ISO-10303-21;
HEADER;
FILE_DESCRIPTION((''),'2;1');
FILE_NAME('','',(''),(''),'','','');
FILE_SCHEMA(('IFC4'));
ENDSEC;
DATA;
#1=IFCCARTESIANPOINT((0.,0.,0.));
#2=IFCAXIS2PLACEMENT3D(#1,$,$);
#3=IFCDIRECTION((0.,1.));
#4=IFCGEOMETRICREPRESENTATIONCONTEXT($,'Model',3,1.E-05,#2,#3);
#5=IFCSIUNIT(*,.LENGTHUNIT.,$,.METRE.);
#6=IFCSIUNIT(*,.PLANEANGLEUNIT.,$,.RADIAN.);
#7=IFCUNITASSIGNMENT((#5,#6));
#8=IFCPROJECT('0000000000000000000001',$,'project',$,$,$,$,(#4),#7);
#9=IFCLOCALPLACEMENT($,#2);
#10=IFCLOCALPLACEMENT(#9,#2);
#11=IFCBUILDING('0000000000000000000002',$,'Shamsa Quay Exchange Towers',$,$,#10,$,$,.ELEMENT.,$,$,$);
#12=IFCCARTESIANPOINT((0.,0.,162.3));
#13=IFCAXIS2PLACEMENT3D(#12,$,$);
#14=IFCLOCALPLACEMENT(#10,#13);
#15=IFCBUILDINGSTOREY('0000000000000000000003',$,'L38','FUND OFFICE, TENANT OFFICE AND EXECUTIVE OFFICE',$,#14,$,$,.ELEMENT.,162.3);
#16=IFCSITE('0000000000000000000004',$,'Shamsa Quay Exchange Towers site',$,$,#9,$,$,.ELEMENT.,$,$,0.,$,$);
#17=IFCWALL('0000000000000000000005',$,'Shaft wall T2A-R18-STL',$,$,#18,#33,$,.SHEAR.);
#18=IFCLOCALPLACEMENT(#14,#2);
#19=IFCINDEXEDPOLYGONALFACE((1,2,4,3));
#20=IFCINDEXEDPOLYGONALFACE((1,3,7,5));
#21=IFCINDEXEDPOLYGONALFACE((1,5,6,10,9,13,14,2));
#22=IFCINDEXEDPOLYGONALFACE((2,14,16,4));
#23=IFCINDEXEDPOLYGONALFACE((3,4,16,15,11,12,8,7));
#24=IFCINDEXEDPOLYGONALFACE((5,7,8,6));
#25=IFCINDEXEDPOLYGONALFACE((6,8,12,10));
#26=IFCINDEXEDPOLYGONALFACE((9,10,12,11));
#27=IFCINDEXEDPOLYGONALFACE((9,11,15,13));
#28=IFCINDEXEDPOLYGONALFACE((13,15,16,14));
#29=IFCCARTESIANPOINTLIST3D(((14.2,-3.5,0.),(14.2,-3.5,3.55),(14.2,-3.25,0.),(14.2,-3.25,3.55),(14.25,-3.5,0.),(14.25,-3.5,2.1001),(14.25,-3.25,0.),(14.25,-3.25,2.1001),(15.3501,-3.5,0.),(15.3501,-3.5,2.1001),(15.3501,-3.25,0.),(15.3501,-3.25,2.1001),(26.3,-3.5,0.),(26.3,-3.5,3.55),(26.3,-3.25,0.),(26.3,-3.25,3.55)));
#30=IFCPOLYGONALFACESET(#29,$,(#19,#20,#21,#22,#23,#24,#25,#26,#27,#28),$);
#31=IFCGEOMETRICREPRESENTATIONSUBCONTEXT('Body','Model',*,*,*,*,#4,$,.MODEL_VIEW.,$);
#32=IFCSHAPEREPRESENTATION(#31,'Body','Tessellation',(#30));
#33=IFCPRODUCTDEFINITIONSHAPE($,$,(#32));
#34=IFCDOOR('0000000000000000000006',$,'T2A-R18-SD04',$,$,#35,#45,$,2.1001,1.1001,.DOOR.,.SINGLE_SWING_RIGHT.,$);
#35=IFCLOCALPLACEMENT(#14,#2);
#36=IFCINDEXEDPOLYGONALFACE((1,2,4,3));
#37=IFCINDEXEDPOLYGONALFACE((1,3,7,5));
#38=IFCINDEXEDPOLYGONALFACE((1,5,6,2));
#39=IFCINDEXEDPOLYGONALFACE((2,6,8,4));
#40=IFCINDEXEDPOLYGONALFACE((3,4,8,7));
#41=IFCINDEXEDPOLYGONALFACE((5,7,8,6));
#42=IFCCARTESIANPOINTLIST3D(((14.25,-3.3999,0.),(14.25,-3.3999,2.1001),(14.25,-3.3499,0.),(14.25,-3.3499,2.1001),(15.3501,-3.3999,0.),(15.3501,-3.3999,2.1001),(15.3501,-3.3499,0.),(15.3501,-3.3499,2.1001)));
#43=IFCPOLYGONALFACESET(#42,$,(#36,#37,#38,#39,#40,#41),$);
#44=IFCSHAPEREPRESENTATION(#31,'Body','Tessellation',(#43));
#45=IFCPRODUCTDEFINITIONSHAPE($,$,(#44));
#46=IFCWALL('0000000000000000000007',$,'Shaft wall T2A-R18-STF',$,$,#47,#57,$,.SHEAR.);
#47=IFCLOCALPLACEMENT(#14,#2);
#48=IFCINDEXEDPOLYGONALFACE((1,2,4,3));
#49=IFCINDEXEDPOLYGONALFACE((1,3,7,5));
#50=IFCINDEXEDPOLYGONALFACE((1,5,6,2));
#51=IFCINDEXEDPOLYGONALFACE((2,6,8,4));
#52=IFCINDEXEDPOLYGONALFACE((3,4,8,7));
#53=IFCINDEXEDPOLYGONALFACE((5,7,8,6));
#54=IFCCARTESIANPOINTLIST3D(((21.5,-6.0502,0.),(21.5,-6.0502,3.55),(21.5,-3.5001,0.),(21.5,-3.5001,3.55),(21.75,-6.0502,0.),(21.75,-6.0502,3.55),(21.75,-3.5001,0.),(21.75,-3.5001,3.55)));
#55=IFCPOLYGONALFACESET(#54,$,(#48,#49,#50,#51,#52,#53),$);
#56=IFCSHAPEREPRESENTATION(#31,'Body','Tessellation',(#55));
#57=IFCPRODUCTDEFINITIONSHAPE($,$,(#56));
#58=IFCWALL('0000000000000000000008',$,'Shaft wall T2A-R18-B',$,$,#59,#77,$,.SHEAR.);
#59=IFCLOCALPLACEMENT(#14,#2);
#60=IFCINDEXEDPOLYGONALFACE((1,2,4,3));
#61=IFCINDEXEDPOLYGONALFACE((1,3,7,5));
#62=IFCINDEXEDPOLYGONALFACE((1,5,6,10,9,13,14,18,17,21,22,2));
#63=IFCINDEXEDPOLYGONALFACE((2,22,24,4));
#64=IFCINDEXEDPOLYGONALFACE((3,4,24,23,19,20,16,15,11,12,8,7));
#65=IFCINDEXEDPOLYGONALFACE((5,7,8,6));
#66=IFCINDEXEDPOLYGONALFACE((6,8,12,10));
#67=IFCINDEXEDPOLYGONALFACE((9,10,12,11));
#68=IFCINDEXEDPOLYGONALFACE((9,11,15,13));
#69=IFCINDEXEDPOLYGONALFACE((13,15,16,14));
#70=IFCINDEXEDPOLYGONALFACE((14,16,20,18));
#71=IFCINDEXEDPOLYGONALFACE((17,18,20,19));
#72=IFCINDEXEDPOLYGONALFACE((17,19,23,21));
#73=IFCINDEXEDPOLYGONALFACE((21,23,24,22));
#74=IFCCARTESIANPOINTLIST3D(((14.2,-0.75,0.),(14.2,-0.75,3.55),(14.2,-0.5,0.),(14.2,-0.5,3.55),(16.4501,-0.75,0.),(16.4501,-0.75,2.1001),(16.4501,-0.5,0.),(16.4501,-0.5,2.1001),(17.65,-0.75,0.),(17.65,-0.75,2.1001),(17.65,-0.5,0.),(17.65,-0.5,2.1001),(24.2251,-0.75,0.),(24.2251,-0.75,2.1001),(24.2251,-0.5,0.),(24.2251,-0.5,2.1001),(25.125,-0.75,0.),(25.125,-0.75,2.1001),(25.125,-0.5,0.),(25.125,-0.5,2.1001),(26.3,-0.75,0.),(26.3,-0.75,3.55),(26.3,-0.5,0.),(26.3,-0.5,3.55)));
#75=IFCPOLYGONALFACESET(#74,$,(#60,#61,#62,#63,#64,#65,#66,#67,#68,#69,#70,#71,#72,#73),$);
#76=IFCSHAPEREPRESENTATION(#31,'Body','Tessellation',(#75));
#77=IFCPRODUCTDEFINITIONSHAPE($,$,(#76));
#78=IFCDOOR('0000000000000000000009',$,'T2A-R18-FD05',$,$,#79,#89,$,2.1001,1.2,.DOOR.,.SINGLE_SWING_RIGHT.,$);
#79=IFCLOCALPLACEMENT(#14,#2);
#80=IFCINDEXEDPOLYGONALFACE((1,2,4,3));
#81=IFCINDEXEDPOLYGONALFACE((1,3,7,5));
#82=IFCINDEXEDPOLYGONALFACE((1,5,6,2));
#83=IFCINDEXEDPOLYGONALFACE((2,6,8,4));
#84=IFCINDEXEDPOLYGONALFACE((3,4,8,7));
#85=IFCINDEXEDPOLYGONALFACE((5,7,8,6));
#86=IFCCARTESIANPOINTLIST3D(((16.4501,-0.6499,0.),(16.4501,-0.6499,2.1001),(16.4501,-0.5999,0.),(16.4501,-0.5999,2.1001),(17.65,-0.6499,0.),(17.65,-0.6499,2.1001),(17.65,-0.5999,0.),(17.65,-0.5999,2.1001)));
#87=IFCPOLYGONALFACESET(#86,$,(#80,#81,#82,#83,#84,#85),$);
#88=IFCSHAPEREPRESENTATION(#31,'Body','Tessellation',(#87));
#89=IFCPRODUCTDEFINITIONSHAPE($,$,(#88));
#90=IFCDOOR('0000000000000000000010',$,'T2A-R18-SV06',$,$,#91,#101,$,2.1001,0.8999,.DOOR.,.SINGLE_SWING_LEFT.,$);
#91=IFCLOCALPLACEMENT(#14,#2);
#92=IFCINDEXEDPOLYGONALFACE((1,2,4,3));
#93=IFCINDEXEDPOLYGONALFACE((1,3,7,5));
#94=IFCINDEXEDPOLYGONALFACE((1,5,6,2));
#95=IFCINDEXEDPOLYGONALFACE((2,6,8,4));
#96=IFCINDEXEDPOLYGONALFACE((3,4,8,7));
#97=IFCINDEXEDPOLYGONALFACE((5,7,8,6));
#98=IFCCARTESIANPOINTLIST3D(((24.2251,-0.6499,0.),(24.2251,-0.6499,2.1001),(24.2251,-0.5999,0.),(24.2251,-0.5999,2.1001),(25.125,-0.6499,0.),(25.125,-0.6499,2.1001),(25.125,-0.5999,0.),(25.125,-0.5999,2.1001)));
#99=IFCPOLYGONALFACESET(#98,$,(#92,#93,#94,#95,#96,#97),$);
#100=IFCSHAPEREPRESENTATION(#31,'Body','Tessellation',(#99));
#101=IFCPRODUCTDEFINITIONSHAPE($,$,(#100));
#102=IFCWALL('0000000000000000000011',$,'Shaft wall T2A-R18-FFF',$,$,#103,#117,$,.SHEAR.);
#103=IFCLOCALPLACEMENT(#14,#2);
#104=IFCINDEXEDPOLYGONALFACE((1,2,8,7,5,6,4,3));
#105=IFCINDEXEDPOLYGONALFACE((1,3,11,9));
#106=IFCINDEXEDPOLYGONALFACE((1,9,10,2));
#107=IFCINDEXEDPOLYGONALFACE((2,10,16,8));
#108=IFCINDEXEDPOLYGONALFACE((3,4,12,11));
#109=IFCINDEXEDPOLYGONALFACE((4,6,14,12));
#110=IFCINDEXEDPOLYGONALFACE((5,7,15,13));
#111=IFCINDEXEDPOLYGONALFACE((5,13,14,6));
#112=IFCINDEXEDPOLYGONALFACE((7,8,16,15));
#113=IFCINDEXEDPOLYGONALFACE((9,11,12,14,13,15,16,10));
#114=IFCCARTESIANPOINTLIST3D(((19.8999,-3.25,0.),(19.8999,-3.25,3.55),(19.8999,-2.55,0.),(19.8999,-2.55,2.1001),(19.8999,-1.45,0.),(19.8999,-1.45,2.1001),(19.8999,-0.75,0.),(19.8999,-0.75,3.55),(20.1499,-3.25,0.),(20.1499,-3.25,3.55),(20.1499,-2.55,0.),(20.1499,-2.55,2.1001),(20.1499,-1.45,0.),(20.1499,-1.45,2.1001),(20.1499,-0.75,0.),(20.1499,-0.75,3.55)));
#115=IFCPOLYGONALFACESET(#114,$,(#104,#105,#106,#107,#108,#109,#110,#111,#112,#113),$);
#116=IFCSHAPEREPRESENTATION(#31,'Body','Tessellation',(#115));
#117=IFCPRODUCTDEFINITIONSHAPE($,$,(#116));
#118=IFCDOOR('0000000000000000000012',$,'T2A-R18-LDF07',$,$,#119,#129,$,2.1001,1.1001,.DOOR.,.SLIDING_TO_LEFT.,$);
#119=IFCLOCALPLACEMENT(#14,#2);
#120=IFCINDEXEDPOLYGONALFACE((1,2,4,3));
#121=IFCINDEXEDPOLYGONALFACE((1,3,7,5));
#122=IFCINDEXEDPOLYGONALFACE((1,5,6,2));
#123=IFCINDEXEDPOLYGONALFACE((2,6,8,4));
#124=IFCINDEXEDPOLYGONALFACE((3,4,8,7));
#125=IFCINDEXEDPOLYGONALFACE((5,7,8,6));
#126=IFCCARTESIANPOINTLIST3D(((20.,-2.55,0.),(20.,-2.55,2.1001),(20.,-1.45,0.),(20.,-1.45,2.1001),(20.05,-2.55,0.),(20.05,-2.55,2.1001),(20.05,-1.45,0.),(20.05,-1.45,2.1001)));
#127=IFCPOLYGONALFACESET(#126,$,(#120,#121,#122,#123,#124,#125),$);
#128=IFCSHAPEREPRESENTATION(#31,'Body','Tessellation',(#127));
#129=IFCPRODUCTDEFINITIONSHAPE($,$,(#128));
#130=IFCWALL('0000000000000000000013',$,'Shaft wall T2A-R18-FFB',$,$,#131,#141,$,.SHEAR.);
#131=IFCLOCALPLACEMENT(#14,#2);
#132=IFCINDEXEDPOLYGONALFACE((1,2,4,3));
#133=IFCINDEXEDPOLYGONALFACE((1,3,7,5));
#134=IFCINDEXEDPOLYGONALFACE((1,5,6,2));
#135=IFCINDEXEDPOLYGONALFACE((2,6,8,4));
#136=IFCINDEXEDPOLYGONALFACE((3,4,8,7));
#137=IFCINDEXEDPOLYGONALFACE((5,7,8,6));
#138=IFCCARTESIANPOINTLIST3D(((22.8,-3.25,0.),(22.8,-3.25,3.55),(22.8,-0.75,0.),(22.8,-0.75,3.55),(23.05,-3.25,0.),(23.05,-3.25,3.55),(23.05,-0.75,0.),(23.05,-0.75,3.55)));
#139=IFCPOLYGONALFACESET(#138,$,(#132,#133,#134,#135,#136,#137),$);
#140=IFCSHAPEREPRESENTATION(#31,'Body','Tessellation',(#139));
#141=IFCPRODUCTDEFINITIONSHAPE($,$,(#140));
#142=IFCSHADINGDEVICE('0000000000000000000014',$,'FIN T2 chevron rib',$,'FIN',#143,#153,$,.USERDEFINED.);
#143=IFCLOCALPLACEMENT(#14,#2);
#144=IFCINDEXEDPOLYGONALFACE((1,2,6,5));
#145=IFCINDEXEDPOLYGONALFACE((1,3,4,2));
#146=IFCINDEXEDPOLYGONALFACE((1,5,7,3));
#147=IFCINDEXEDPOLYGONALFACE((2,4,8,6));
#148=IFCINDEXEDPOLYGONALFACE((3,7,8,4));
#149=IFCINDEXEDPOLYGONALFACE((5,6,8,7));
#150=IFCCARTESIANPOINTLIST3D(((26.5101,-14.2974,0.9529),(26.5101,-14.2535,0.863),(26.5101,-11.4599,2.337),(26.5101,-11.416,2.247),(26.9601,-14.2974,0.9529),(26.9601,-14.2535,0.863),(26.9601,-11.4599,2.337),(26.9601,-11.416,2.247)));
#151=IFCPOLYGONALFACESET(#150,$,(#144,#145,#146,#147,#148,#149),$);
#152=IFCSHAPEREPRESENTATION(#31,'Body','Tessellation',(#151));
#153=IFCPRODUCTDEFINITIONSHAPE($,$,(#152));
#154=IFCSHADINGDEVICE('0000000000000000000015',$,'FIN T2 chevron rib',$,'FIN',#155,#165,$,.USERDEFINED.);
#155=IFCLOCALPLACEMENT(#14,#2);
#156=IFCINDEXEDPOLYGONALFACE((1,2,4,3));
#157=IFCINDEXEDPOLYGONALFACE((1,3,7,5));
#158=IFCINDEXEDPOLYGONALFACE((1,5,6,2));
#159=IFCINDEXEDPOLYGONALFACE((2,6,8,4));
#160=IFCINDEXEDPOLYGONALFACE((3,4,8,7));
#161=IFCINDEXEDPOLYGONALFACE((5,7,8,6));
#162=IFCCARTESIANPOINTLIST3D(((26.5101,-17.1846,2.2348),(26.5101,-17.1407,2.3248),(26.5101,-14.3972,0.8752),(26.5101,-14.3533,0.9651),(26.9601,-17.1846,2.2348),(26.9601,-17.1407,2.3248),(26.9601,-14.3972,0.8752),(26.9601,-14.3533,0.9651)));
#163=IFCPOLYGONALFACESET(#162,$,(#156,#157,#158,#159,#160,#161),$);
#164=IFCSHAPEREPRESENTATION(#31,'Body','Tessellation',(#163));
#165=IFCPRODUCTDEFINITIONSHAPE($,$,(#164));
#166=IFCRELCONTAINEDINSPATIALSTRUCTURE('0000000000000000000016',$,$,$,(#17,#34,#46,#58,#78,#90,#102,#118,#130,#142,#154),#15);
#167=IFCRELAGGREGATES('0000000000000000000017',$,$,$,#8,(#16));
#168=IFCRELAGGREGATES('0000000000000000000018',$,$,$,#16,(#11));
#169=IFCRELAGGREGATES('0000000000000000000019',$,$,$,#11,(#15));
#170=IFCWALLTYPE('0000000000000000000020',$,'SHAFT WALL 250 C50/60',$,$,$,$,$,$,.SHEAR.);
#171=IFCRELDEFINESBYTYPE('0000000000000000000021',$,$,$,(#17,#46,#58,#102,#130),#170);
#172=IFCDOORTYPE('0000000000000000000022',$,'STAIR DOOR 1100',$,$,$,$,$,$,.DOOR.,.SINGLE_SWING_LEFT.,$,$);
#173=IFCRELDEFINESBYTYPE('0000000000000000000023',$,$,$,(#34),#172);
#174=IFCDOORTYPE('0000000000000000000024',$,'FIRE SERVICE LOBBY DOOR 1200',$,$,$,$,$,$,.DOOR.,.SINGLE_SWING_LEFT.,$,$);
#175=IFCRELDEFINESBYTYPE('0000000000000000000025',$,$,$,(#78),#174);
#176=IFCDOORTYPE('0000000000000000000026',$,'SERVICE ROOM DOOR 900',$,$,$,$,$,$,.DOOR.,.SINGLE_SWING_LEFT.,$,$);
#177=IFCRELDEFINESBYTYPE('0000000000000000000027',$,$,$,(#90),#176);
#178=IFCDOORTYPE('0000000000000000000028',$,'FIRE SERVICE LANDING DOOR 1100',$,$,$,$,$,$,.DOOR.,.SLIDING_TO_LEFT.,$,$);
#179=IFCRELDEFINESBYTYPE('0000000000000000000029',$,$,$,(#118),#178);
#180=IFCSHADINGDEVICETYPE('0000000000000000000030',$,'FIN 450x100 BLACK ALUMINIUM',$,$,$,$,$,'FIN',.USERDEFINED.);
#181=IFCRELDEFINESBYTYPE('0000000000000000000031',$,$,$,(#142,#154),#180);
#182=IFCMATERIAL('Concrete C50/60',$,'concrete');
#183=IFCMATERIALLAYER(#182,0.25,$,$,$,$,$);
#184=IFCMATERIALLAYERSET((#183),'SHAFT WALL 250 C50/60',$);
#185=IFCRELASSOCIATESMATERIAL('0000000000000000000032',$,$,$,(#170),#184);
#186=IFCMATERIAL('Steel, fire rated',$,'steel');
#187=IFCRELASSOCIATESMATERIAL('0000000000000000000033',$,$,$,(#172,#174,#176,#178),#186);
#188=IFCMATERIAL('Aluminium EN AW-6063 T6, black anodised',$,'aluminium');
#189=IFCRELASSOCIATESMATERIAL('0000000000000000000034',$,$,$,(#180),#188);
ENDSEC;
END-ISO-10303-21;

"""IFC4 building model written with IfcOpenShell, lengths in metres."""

from ifc_helpers import new_model, si_unit, direction, frame, frame_2d, origin, origin_2d, place, context, subcontext, project, spatial, rectangle, extrude, material, layer, layer_set, material_profile, profile_set, type_object, element, fill, save


model = new_model("IFC4")

# Units and contexts
model_context = context("Model", 3, precision=1e-05, world=origin(), true_north=direction((0.0, 1.0)))
body_context = subcontext(model_context, "Body", "Model", "MODEL_VIEW")
ifc_project = project(units=[si_unit("LENGTHUNIT", "METRE"), si_unit("PLANEANGLEUNIT", "RADIAN")], contexts=[model_context])

# Site, building, storey
site_placement = place(None, origin())
site = spatial("IfcSite", under=ifc_project, at=site_placement, Name="Shamsa Quay Exchange Towers site", CompositionType="ELEMENT", RefElevation=0.0)
building_placement = place(site_placement, origin())
building = spatial("IfcBuilding", under=site, at=building_placement, Name="Shamsa Quay Exchange Towers", CompositionType="ELEMENT")
storey_placement = place(building_placement, frame((0.0, 0.0, 162.3)))
storey = spatial("IfcBuildingStorey", under=building, at=storey_placement, Name="L38", Description="FUND OFFICE, TENANT OFFICE AND EXECUTIVE OFFICE", CompositionType="ELEMENT", Elevation=162.3)

# Shared definitions
ifc_material_1 = material(Name="Aluminium EN AW-6063 T6, black anodised", Category="aluminium")

# Wall, opening, door
ifc_material_2 = material(Name="Concrete C50/60", Category="concrete")
ifc_layer_1 = layer(ifc_material_2, 0.25)
ifc_layer_set_1 = layer_set([ifc_layer_1], Name="SHAFT WALL 250 C50/60")
wall_type_1 = type_object("IfcWallType", Name="SHAFT WALL 250 C50/60", PredefinedType="SHEAR", material=ifc_layer_set_1)
wall_1_placement = place(storey_placement, frame((26.3, -3.375, 0.0), z_axis=(0.0, 0.0, 1.0), x_axis=(-1.0, 0.0, 0.0)))
wall_1 = element("IfcWall", 1, at=wall_1_placement, inside=storey, type_object=wall_type_1, Name="Shaft wall T2A-R18-STL", PredefinedType="SHEAR", context=body_context, shape_type="SweptSolid", body=[
    extrude(rectangle(XDim=12.1001, YDim=0.25, at=frame_2d((6.05, 0.0))), origin(), (0.0, 0.0, 1.0), 3.55),
])
opening_1_placement = place(wall_1_placement, frame((10.95, 0.0, 0.0)))
opening_1 = element("IfcOpeningElement", 2, at=opening_1_placement, cuts=wall_1, PredefinedType="OPENING", context=body_context, shape_type="SweptSolid", body=[
    extrude(rectangle(XDim=1.1001, YDim=2.1001, at=frame_2d((0.55, 1.05))), frame((0.0, 0.135, 0.0), z_axis=(0.0, -1.0, 0.0), x_axis=(1.0, 0.0, 0.0)), (0.0, 0.0, 1.0), 0.27),
])
ifc_material_3 = material(Name="Steel, fire rated", Category="steel")
door_type_1 = type_object("IfcDoorType", Name="STAIR DOOR 1100", OperationType="SINGLE_SWING_LEFT", PredefinedType="DOOR", material=ifc_material_3)
door_1_placement = place(opening_1_placement, origin())
door_1 = element("IfcDoor", 3, at=door_1_placement, inside=storey, type_object=door_type_1, Name="T2A-R18-SD04", OperationType="SINGLE_SWING_RIGHT", OverallHeight=2.1001, OverallWidth=1.1001, PredefinedType="DOOR", context=body_context, shape_type="SweptSolid", body=[
    extrude(rectangle(XDim=1.1001, YDim=2.1001, at=frame_2d((0.55, 1.05))), frame((0.0, 0.0249, 0.0), z_axis=(0.0, -1.0, 0.0), x_axis=(1.0, 0.0, 0.0)), (0.0, 0.0, 1.0), 0.05),
])
fill(opening_1, door_1)

# Wall
wall_2_placement = place(storey_placement, frame((21.625, -6.05, 0.0), z_axis=(0.0, 0.0, 1.0), x_axis=(0.0, 1.0, 0.0)))
element("IfcWall", 4, at=wall_2_placement, inside=storey, type_object=wall_type_1, Name="Shaft wall T2A-R18-STF", PredefinedType="SHEAR", context=body_context, shape_type="SweptSolid", body=[
    extrude(rectangle(XDim=2.55, YDim=0.25, at=frame_2d((1.2749, 0.0))), origin(), (0.0, 0.0, 1.0), 3.55),
])

# Wall, openings, doors
wall_3_placement = place(storey_placement, frame((26.3, -0.625, 0.0), z_axis=(0.0, 0.0, 1.0), x_axis=(-1.0, 0.0, 0.0)))
wall_3 = element("IfcWall", 5, at=wall_3_placement, inside=storey, type_object=wall_type_1, Name="Shaft wall T2A-R18-B", PredefinedType="SHEAR", context=body_context, shape_type="SweptSolid", body=[
    extrude(rectangle(XDim=12.1001, YDim=0.25, at=frame_2d((6.05, 0.0))), origin(), (0.0, 0.0, 1.0), 3.55),
])
opening_2_placement = place(wall_3_placement, frame((8.6499, 0.0, 0.0)))
opening_2 = element("IfcOpeningElement", 6, at=opening_2_placement, cuts=wall_3, PredefinedType="OPENING", context=body_context, shape_type="SweptSolid", body=[
    extrude(rectangle(XDim=1.2, YDim=2.1001, at=frame_2d((0.6001, 1.05))), frame((0.0, 0.135, 0.0), z_axis=(0.0, -1.0, 0.0), x_axis=(1.0, 0.0, 0.0)), (0.0, 0.0, 1.0), 0.27),
])
opening_3_placement = place(wall_3_placement, frame((1.175, 0.0, 0.0)))
opening_3 = element("IfcOpeningElement", 7, at=opening_3_placement, cuts=wall_3, PredefinedType="OPENING", context=body_context, shape_type="SweptSolid", body=[
    extrude(rectangle(XDim=0.8999, YDim=2.1001, at=frame_2d((0.45, 1.05))), frame((0.0, 0.135, 0.0), z_axis=(0.0, -1.0, 0.0), x_axis=(1.0, 0.0, 0.0)), (0.0, 0.0, 1.0), 0.27),
])
door_type_2 = type_object("IfcDoorType", Name="FIRE SERVICE LOBBY DOOR 1200", OperationType="SINGLE_SWING_LEFT", PredefinedType="DOOR", material=ifc_material_3)
door_2_placement = place(opening_2_placement, origin())
door_2 = element("IfcDoor", 8, at=door_2_placement, inside=storey, type_object=door_type_2, Name="T2A-R18-FD05", OperationType="SINGLE_SWING_RIGHT", OverallHeight=2.1001, OverallWidth=1.2, PredefinedType="DOOR", context=body_context, shape_type="SweptSolid", body=[
    extrude(rectangle(XDim=1.2, YDim=2.1001, at=frame_2d((0.6001, 1.05))), frame((0.0, 0.0249, 0.0), z_axis=(0.0, -1.0, 0.0), x_axis=(1.0, 0.0, 0.0)), (0.0, 0.0, 1.0), 0.05),
])
fill(opening_2, door_2)
door_type_3 = type_object("IfcDoorType", Name="SERVICE ROOM DOOR 900", OperationType="SINGLE_SWING_LEFT", PredefinedType="DOOR", material=ifc_material_3)
door_3_placement = place(opening_3_placement, origin())
door_3 = element("IfcDoor", 9, at=door_3_placement, inside=storey, type_object=door_type_3, Name="T2A-R18-SV06", OperationType="SINGLE_SWING_LEFT", OverallHeight=2.1001, OverallWidth=0.8999, PredefinedType="DOOR", context=body_context, shape_type="SweptSolid", body=[
    extrude(rectangle(XDim=0.8999, YDim=2.1001, at=frame_2d((0.45, 1.05))), frame((0.0, 0.0249, 0.0), z_axis=(0.0, -1.0, 0.0), x_axis=(1.0, 0.0, 0.0)), (0.0, 0.0, 1.0), 0.05),
])
fill(opening_3, door_3)

# Wall, opening, door
wall_4_placement = place(storey_placement, frame((20.0249, -3.25, 0.0), z_axis=(0.0, 0.0, 1.0), x_axis=(0.0, 1.0, 0.0)))
wall_4 = element("IfcWall", 10, at=wall_4_placement, inside=storey, type_object=wall_type_1, Name="Shaft wall T2A-R18-FFF", PredefinedType="SHEAR", context=body_context, shape_type="SweptSolid", body=[
    extrude(rectangle(XDim=2.5, YDim=0.25, at=frame_2d((1.25, 0.0))), origin(), (0.0, 0.0, 1.0), 3.55),
])
opening_4_placement = place(wall_4_placement, frame((0.7, 0.0, 0.0)))
opening_4 = element("IfcOpeningElement", 11, at=opening_4_placement, cuts=wall_4, PredefinedType="OPENING", context=body_context, shape_type="SweptSolid", body=[
    extrude(rectangle(XDim=1.1001, YDim=2.1001, at=frame_2d((0.55, 1.05))), frame((0.0, 0.135, 0.0), z_axis=(0.0, -1.0, 0.0), x_axis=(1.0, 0.0, 0.0)), (0.0, 0.0, 1.0), 0.27),
])
door_type_4 = type_object("IfcDoorType", Name="FIRE SERVICE LANDING DOOR 1100", OperationType="SLIDING_TO_LEFT", PredefinedType="DOOR", material=ifc_material_3)
door_4_placement = place(opening_4_placement, origin())
door_4 = element("IfcDoor", 12, at=door_4_placement, inside=storey, type_object=door_type_4, Name="T2A-R18-LDF07", OperationType="SLIDING_TO_LEFT", OverallHeight=2.1001, OverallWidth=1.1001, PredefinedType="DOOR", context=body_context, shape_type="SweptSolid", body=[
    extrude(rectangle(XDim=1.1001, YDim=2.1001, at=frame_2d((0.55, 1.05))), frame((0.0, 0.0249, 0.0), z_axis=(0.0, -1.0, 0.0), x_axis=(1.0, 0.0, 0.0)), (0.0, 0.0, 1.0), 0.05),
])
fill(opening_4, door_4)

# Wall
wall_5_placement = place(storey_placement, frame((22.925, -3.25, 0.0), z_axis=(0.0, 0.0, 1.0), x_axis=(0.0, 1.0, 0.0)))
element("IfcWall", 13, at=wall_5_placement, inside=storey, type_object=wall_type_1, Name="Shaft wall T2A-R18-FFB", PredefinedType="SHEAR", context=body_context, shape_type="SweptSolid", body=[
    extrude(rectangle(XDim=2.5, YDim=0.25, at=frame_2d((1.25, 0.0))), origin(), (0.0, 0.0, 1.0), 3.55),
])

# Shading devices
ifc_material_profile_1 = material_profile(ifc_material_1, rectangle(XDim=0.45, YDim=0.1001, at=origin_2d()), Name="FIN450x100")
ifc_profile_set_1 = profile_set([ifc_material_profile_1], Name="Aluminium EN AW-6063 T6, black anodised")
shading_device_type = type_object("IfcShadingDeviceType", Name="FIN 450x100 BLACK ALUMINIUM", ElementType="FIN", PredefinedType="USERDEFINED", material=ifc_profile_set_1)
shading_device_1_placement = place(storey_placement, frame((26.7351, -11.438, 2.292), z_axis=(0.0, -0.898777, -0.438407), x_axis=(1.0, 0.0, 0.0)))
element("IfcShadingDevice", 14, at=shading_device_1_placement, inside=storey, type_object=shading_device_type, Name="FIN T2 chevron rib", ObjectType="FIN", PredefinedType="USERDEFINED", context=body_context, shape_type="SweptSolid", body=[
    extrude(rectangle(XDim=0.45, YDim=0.1001, at=origin_2d()), origin(), (0.0, 0.0, 1.0), 3.157),
])
shading_device_2_placement = place(storey_placement, frame((26.7351, -14.3752, 0.9202), z_axis=(0.0, -0.898777, 0.438407), x_axis=(1.0, 0.0, 0.0)))
element("IfcShadingDevice", 15, at=shading_device_2_placement, inside=storey, type_object=shading_device_type, Name="FIN T2 chevron rib", ObjectType="FIN", PredefinedType="USERDEFINED", context=body_context, shape_type="SweptSolid", body=[
    extrude(rectangle(XDim=0.45, YDim=0.1001, at=origin_2d()), origin(), (0.0, 0.0, 1.0), 3.1013),
])

save(model, "model.ifc")
